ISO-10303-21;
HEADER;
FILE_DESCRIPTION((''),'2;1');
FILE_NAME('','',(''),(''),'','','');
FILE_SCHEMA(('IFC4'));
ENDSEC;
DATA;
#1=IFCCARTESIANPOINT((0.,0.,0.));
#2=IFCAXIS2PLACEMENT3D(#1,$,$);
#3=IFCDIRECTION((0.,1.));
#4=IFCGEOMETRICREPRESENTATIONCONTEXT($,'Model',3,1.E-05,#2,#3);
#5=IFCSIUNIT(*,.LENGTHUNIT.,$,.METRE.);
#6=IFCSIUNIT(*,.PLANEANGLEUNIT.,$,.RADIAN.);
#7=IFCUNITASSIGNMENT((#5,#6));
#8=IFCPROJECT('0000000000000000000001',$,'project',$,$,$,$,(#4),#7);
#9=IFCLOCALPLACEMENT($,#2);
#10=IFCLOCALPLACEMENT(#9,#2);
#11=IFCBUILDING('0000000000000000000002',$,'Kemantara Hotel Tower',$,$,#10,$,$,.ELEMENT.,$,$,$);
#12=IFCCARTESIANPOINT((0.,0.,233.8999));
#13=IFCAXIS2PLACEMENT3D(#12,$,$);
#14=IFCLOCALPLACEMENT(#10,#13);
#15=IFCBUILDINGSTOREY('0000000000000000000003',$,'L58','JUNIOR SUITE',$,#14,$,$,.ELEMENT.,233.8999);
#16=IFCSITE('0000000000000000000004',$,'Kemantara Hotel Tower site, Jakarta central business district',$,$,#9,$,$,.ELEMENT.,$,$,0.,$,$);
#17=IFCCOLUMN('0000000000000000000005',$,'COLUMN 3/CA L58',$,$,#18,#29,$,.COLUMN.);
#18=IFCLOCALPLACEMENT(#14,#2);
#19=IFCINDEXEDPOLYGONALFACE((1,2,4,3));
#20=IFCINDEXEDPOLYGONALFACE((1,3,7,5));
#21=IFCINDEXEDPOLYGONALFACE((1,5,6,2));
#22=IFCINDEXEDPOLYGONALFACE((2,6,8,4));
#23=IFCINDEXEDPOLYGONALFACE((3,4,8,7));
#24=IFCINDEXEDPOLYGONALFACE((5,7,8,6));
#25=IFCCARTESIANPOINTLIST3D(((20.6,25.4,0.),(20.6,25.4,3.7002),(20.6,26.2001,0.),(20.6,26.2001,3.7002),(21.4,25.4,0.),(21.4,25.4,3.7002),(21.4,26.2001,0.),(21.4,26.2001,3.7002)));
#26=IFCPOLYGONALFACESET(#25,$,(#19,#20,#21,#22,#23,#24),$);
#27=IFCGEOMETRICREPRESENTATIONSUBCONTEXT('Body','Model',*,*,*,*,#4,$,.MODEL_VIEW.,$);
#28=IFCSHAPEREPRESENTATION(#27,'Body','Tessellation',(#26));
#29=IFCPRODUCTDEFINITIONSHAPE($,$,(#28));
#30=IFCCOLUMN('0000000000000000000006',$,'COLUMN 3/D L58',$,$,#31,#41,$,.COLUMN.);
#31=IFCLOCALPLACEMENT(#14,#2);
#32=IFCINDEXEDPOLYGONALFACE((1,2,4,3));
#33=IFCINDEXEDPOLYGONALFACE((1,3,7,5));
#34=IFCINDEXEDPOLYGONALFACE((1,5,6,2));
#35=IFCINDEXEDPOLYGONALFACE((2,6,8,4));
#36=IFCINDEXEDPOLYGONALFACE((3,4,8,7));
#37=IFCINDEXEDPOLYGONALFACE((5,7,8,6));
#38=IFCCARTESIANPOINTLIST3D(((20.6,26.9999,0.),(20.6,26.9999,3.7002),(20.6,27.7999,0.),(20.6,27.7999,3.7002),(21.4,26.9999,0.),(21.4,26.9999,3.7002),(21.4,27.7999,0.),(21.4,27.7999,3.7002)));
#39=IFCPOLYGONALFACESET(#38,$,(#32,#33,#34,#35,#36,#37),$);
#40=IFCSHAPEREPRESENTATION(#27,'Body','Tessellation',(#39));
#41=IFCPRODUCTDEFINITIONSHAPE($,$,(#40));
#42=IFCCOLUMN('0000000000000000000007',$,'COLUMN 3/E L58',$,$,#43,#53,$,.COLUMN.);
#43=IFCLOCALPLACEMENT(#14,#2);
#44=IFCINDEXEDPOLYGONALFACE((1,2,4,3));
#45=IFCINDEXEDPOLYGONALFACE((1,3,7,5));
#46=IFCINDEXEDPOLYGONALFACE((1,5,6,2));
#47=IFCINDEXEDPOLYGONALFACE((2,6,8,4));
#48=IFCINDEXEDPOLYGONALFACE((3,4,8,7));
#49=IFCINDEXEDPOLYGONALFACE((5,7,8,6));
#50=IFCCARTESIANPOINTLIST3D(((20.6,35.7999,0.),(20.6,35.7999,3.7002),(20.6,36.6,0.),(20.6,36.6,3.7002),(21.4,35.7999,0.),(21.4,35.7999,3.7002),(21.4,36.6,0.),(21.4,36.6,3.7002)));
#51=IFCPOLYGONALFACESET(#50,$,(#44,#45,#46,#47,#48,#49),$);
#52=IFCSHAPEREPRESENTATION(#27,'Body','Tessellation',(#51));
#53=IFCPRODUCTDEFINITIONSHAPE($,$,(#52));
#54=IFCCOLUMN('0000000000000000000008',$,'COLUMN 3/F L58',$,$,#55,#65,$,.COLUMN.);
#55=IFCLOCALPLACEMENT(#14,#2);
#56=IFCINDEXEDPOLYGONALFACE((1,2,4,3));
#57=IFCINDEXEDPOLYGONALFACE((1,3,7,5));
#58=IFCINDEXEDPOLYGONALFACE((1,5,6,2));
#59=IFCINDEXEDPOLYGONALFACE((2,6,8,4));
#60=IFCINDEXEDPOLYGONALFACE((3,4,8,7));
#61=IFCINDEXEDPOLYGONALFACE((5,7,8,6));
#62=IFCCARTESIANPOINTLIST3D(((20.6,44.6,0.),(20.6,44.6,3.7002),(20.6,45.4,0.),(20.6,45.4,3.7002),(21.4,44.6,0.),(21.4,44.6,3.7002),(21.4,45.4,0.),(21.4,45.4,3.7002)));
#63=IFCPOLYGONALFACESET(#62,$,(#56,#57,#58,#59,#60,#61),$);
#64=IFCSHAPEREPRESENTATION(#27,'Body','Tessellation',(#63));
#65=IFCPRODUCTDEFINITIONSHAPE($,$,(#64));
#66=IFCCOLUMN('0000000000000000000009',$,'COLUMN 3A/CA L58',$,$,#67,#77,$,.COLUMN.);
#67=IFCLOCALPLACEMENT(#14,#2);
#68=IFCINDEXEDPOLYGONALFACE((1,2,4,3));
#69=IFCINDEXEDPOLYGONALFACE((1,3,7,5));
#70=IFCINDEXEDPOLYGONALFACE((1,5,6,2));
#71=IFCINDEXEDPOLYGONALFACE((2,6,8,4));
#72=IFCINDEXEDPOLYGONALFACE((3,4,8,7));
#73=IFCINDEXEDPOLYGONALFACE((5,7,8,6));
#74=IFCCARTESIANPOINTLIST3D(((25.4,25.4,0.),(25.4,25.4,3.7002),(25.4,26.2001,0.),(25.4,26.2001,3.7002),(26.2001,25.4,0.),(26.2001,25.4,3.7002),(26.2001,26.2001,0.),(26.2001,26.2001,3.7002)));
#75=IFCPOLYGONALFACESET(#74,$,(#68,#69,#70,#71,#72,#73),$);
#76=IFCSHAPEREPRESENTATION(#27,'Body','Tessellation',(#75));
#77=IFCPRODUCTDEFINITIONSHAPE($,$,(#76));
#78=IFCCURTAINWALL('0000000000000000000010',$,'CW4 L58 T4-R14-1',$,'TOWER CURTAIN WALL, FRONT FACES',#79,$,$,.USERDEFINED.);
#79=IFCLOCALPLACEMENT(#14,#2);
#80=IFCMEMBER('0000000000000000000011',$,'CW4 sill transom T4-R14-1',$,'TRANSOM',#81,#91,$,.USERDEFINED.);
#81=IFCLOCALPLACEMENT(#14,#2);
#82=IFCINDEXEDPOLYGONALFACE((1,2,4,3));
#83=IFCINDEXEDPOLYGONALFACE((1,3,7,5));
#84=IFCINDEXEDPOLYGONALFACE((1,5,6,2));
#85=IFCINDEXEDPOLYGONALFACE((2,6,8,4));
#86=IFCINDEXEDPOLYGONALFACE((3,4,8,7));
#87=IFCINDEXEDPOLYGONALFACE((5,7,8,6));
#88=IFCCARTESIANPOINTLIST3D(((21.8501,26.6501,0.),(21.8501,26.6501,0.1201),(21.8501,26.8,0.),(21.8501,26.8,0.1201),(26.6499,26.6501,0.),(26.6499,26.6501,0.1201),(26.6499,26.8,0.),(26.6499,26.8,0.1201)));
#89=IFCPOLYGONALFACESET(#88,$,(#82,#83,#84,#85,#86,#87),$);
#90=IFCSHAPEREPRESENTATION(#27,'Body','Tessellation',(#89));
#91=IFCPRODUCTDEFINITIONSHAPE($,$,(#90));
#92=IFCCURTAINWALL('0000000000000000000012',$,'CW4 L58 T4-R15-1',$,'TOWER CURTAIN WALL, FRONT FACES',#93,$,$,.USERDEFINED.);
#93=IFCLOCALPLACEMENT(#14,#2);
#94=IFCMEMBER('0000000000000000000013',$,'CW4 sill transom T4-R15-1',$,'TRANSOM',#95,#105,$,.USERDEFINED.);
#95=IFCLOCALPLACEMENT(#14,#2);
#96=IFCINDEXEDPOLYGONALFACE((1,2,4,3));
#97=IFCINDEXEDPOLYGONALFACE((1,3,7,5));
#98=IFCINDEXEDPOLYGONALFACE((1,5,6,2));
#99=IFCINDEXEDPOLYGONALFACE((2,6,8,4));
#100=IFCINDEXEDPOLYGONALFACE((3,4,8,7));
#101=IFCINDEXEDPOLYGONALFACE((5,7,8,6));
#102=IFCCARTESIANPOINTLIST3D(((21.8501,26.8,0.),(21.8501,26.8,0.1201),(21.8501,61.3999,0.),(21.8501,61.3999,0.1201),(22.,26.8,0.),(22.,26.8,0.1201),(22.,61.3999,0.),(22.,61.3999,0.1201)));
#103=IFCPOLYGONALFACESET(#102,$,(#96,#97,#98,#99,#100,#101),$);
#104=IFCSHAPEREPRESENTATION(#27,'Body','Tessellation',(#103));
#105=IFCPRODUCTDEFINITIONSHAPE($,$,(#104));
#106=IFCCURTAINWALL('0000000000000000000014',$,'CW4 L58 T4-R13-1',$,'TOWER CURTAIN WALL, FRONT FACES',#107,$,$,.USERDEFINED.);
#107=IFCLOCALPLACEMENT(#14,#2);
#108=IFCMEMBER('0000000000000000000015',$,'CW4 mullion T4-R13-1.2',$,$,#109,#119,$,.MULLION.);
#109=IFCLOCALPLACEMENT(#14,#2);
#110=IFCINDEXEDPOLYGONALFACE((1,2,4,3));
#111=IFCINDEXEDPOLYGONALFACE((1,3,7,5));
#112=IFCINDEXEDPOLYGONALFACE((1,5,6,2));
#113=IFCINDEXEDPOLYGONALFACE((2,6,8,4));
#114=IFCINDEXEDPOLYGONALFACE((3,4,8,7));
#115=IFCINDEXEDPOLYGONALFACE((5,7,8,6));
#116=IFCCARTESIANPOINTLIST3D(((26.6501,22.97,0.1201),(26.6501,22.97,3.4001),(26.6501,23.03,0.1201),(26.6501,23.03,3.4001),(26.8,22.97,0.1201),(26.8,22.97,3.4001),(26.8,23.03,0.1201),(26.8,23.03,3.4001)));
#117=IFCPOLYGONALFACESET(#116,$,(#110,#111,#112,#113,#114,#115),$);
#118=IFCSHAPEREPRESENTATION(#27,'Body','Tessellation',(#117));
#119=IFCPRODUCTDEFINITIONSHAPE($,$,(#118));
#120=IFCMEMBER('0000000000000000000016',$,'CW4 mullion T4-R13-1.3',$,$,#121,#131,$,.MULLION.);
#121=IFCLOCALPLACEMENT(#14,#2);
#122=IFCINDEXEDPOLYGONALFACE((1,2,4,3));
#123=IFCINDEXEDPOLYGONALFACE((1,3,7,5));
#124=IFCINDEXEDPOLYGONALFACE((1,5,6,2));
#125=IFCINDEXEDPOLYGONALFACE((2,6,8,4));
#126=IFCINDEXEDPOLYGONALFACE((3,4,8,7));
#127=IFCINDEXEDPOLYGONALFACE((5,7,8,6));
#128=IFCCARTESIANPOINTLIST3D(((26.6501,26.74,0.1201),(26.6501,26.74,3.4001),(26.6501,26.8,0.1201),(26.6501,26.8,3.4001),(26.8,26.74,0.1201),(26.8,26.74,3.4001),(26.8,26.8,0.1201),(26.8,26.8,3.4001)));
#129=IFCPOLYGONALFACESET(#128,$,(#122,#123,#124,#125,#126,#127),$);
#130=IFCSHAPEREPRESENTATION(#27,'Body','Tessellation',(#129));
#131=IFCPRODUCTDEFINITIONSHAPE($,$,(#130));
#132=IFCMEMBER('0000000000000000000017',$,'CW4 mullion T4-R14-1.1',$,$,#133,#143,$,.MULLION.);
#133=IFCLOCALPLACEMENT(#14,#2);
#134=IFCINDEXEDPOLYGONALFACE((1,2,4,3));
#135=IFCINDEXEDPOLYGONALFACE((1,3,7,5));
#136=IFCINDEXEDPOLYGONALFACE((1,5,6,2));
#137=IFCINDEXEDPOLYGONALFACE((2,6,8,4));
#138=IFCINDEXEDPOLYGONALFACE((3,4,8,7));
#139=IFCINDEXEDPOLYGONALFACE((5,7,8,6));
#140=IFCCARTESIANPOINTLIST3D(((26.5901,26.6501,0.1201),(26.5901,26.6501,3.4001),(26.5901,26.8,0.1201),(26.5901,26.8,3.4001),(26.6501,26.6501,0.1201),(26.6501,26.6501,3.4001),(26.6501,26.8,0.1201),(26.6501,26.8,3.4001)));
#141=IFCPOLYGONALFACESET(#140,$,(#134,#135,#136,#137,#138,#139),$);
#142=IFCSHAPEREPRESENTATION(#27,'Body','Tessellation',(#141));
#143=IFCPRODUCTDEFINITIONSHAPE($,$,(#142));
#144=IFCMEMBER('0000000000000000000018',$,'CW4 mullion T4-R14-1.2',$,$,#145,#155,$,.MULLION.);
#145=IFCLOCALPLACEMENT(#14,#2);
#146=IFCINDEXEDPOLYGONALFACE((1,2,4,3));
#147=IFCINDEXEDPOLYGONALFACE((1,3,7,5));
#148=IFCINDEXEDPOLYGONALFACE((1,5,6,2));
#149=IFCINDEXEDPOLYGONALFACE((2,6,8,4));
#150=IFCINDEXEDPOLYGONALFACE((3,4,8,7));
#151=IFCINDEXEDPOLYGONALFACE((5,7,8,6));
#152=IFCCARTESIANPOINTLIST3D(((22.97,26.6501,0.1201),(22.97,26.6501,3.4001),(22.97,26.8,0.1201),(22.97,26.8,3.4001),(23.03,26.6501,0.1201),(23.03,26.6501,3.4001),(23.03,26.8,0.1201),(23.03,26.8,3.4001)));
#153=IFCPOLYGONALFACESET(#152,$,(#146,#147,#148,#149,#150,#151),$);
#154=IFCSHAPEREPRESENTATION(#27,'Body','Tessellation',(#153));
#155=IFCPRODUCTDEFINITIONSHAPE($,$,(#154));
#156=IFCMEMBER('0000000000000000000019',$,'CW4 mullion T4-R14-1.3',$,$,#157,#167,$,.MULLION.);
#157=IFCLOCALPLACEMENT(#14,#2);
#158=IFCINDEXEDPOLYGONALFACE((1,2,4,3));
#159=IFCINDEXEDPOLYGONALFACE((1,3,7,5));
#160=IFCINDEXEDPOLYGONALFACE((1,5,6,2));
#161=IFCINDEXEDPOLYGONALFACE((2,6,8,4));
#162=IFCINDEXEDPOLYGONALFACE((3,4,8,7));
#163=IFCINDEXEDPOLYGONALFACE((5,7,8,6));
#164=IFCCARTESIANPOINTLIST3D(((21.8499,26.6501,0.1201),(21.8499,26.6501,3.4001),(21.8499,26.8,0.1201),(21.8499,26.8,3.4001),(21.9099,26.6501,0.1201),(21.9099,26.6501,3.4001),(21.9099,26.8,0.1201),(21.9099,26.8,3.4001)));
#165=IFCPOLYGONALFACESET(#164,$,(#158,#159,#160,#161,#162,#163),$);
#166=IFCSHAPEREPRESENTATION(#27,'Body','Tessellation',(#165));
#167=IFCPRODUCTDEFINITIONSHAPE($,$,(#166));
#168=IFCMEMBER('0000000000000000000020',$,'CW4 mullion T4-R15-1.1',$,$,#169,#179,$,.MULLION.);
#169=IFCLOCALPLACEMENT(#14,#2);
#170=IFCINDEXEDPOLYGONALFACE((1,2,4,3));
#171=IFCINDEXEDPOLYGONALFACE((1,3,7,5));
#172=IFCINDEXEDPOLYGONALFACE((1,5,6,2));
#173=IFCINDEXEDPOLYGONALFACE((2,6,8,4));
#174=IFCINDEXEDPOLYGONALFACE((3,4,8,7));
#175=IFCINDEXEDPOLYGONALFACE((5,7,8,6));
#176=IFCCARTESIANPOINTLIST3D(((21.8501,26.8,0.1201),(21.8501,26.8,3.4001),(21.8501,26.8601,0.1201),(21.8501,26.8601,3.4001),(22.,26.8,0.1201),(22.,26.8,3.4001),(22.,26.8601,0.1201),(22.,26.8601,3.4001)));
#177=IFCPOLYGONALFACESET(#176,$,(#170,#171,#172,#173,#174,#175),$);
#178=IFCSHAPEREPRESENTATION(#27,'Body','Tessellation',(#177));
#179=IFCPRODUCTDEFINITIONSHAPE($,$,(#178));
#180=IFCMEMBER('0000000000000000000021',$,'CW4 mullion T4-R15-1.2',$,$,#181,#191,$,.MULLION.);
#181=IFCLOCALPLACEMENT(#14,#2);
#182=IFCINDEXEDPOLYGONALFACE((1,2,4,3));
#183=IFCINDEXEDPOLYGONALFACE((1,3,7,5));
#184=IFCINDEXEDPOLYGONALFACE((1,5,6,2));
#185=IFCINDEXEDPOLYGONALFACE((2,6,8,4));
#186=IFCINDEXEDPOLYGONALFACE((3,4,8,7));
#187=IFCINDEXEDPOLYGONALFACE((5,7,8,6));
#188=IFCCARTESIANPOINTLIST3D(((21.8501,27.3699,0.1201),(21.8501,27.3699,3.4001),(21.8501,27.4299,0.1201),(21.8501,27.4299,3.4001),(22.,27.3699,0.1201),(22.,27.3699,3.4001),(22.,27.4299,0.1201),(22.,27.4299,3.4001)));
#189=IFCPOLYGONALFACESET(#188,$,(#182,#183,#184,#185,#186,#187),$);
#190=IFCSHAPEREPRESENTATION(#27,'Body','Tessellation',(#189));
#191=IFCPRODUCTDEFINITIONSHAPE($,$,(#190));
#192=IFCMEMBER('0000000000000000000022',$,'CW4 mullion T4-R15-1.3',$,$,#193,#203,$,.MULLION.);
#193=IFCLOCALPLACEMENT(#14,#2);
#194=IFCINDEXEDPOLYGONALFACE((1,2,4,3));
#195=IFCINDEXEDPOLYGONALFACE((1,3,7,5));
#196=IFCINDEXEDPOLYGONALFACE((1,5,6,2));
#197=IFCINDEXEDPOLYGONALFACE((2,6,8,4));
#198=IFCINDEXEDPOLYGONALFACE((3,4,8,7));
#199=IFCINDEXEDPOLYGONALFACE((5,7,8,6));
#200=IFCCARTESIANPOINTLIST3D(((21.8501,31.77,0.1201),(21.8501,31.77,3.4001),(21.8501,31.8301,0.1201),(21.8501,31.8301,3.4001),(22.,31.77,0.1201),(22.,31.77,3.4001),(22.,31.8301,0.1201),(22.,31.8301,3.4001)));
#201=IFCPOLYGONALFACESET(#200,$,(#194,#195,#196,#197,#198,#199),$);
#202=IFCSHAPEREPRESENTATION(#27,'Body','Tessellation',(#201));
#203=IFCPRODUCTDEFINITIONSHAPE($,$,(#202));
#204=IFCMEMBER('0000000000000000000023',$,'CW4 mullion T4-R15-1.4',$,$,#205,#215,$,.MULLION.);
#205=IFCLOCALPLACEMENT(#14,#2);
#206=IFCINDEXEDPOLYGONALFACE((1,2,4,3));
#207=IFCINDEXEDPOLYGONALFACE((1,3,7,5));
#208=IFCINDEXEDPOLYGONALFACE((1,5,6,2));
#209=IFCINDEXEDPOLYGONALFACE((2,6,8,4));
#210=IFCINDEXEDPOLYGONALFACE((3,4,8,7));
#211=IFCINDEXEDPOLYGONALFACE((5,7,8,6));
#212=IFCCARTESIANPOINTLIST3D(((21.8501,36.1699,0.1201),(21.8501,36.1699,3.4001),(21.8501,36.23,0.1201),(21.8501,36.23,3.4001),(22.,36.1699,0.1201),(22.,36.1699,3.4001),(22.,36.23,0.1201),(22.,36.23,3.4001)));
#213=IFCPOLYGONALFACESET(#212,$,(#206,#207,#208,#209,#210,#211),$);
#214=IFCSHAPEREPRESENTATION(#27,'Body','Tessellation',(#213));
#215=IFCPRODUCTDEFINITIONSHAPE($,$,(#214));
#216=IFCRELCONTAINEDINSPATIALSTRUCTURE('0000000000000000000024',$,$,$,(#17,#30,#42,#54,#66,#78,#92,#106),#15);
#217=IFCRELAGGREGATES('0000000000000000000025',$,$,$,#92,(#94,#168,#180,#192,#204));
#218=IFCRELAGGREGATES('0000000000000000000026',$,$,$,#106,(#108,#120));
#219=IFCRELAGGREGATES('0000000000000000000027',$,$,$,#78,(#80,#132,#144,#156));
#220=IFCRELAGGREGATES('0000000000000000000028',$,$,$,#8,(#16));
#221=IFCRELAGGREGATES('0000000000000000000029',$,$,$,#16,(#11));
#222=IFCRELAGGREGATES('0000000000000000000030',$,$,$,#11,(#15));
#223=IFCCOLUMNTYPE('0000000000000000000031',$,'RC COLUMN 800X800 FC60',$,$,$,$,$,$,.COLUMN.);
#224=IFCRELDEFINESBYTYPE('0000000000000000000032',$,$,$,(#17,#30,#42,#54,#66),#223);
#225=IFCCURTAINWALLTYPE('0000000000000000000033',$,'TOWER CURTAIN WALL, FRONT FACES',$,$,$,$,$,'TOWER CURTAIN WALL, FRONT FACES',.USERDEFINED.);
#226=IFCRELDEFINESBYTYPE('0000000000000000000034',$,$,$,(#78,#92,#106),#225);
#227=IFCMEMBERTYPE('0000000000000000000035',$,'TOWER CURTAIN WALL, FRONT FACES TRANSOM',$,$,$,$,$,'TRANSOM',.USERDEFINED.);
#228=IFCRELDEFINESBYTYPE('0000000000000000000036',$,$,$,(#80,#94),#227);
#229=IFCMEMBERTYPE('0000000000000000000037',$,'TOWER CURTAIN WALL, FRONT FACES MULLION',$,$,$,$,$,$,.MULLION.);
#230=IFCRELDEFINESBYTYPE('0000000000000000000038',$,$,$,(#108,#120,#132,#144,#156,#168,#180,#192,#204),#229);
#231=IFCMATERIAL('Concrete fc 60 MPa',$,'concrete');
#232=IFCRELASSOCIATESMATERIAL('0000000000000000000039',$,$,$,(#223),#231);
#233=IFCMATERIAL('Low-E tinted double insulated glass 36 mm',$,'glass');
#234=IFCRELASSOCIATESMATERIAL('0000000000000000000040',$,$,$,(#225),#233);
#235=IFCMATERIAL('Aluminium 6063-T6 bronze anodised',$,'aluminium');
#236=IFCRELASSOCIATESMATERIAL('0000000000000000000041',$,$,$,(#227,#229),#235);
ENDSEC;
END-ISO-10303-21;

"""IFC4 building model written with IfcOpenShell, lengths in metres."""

from ifc_helpers import new_model, si_unit, direction, frame, origin, origin_2d, place, context, subcontext, project, spatial, rectangle, extrude, source, transform, mapped, material, material_profile, profile_set, type_object, element, aggregate, save


model = new_model("IFC4")

# Units and contexts
model_context = context("Model", 3, precision=1e-05, world=origin(), true_north=direction((0.0, 1.0)))
body_context = subcontext(model_context, "Body", "Model", "MODEL_VIEW")
ifc_project = project(units=[si_unit("LENGTHUNIT", "METRE"), si_unit("PLANEANGLEUNIT", "RADIAN")], contexts=[model_context])

# Site, building, storey
site_placement = place(None, origin())
site = spatial("IfcSite", under=ifc_project, at=site_placement, Name="Kemantara Hotel Tower site, Jakarta central business district", CompositionType="ELEMENT", RefElevation=0.0)
building_placement = place(site_placement, origin())
building = spatial("IfcBuilding", under=site, at=building_placement, Name="Kemantara Hotel Tower", CompositionType="ELEMENT")
storey_placement = place(building_placement, frame((0.0, 0.0, 233.8999)))
storey = spatial("IfcBuildingStorey", under=building, at=storey_placement, Name="L58", Description="JUNIOR SUITE", CompositionType="ELEMENT", Elevation=233.8999)

# Columns
ifc_material_1 = material(Name="Concrete fc 60 MPa", Category="concrete")
ifc_material_profile_1 = material_profile(ifc_material_1, rectangle(XDim=0.8, YDim=0.8, at=origin_2d()), Name="RC 800X800")
ifc_profile_set_1 = profile_set([ifc_material_profile_1], Name="Concrete fc 60 MPa")
column_type = type_object("IfcColumnType", Name="RC COLUMN 800X800 FC60", PredefinedType="COLUMN", material=ifc_profile_set_1)
for number, where, z_axis, x_axis, name in (
    (1, (21.0, 25.8, 0.0), (0.0, 0.0, 1.0), (1.0, 0.0, 0.0), "COLUMN 3/CA L58"),
    (2, (21.0, 27.3999, 0.0), (0.0, 0.0, 1.0), (1.0, 0.0, 0.0), "COLUMN 3/D L58"),
    (3, (21.0, 36.2, 0.0), (0.0, 0.0, 1.0), (1.0, 0.0, 0.0), "COLUMN 3/E L58"),
    (4, (21.0, 45.0, 0.0), (0.0, 0.0, 1.0), (1.0, 0.0, 0.0), "COLUMN 3/F L58"),
    (5, (25.8, 25.8, 0.0), (0.0, 0.0, 1.0), (1.0, 0.0, 0.0), "COLUMN 3A/CA L58"),
):
    element("IfcColumn", number, at=place(storey_placement, frame(where, z_axis=z_axis, x_axis=x_axis)), inside=storey, type_object=column_type, Name=name, PredefinedType="COLUMN", context=body_context, shape_type="SweptSolid", body=[
        extrude(rectangle(XDim=0.8, YDim=0.8, at=origin_2d()), origin(), (0.0, 0.0, 1.0), 3.7002),
    ])

# Curtain walls, members
ifc_material_2 = material(Name="Low-E tinted double insulated glass 36 mm", Category="glass")
curtain_wall_type = type_object("IfcCurtainWallType", Name="TOWER CURTAIN WALL, FRONT FACES", ElementType="TOWER CURTAIN WALL, FRONT FACES", PredefinedType="USERDEFINED", material=ifc_material_2)
curtain_wall_1_placement = place(storey_placement, origin())
curtain_wall_1 = element("IfcCurtainWall", 6, at=curtain_wall_1_placement, inside=storey, type_object=curtain_wall_type, Name="CW4 L58 T4-R14-1", ObjectType="TOWER CURTAIN WALL, FRONT FACES", PredefinedType="USERDEFINED")
ifc_material_3 = material(Name="Aluminium 6063-T6 bronze anodised", Category="aluminium")
ifc_material_profile_2 = material_profile(ifc_material_3, rectangle(XDim=0.1499, YDim=0.1201, at=origin_2d()), Name="TOWER CURTAIN WALL, FRONT FACES TRANSOM")
ifc_profile_set_2 = profile_set([ifc_material_profile_2], Name="Aluminium 6063-T6 bronze anodised")
member_type_1 = type_object("IfcMemberType", Name="TOWER CURTAIN WALL, FRONT FACES TRANSOM", ElementType="TRANSOM", PredefinedType="USERDEFINED", material=ifc_profile_set_2)
member_1_placement = place(storey_placement, frame((26.6499, 26.7251, 0.0601), z_axis=(-1.0, 0.0, 0.0), x_axis=(0.0, -1.0, 0.0)))
member_1 = element("IfcMember", 7, at=member_1_placement, type_object=member_type_1, Name="CW4 sill transom T4-R14-1", ObjectType="TRANSOM", PredefinedType="USERDEFINED", context=body_context, shape_type="SweptSolid", body=[
    extrude(rectangle(XDim=0.1499, YDim=0.1201, at=origin_2d()), origin(), (0.0, 0.0, 1.0), 4.7998),
])
curtain_wall_2_placement = place(storey_placement, origin())
curtain_wall_2 = element("IfcCurtainWall", 8, at=curtain_wall_2_placement, inside=storey, type_object=curtain_wall_type, Name="CW4 L58 T4-R15-1", ObjectType="TOWER CURTAIN WALL, FRONT FACES", PredefinedType="USERDEFINED")
member_2_placement = place(storey_placement, frame((21.925, 26.8, 0.0601), z_axis=(0.0, 1.0, 0.0), x_axis=(-1.0, 0.0, 0.0)))
member_2 = element("IfcMember", 9, at=member_2_placement, type_object=member_type_1, Name="CW4 sill transom T4-R15-1", ObjectType="TRANSOM", PredefinedType="USERDEFINED", context=body_context, shape_type="SweptSolid", body=[
    extrude(rectangle(XDim=0.1499, YDim=0.1201, at=origin_2d()), origin(), (0.0, 0.0, 1.0), 34.5999),
])

# Curtain wall, members
curtain_wall_3_placement = place(storey_placement, origin())
curtain_wall_3 = element("IfcCurtainWall", 10, at=curtain_wall_3_placement, inside=storey, type_object=curtain_wall_type, Name="CW4 L58 T4-R13-1", ObjectType="TOWER CURTAIN WALL, FRONT FACES", PredefinedType="USERDEFINED")
ifc_material_profile_3 = material_profile(ifc_material_3, rectangle(XDim=0.1499, YDim=0.0601, at=origin_2d()), Name="TOWER CURTAIN WALL, FRONT FACES MULLION")
ifc_profile_set_3 = profile_set([ifc_material_profile_3], Name="Aluminium 6063-T6 bronze anodised")
member_type_2 = type_object("IfcMemberType", Name="TOWER CURTAIN WALL, FRONT FACES MULLION", PredefinedType="MULLION", material=ifc_profile_set_3)
shared_shape_1 = source(origin(), body_context, "Body", "SweptSolid", [
    extrude(rectangle(XDim=0.1499, YDim=0.0601, at=origin_2d()), origin(), (0.0, 0.0, 1.0), 3.28),
])
member_3_placement = place(storey_placement, frame((26.7251, 23.0, 0.1201), z_axis=(0.0, 0.0, 1.0), x_axis=(-1.0, 0.0, 0.0)))
member_3 = element("IfcMember", 11, at=member_3_placement, type_object=member_type_2, Name="CW4 mullion T4-R13-1.2", PredefinedType="MULLION", context=body_context, shape_type="MappedRepresentation", body=[
    mapped(shared_shape_1, transform((0.0, 0.0, 0.0))),
])
member_4_placement = place(storey_placement, frame((26.7251, 26.77, 0.1201), z_axis=(0.0, 0.0, 1.0), x_axis=(-1.0, 0.0, 0.0)))
member_4 = element("IfcMember", 12, at=member_4_placement, type_object=member_type_2, Name="CW4 mullion T4-R13-1.3", PredefinedType="MULLION", context=body_context, shape_type="MappedRepresentation", body=[
    mapped(shared_shape_1, transform((0.0, 0.0, 0.0))),
])

# Members
member_5_placement = place(storey_placement, frame((26.6201, 26.7251, 0.1201), z_axis=(0.0, 0.0, 1.0), x_axis=(0.0, -1.0, 0.0)))
member_5 = element("IfcMember", 13, at=member_5_placement, type_object=member_type_2, Name="CW4 mullion T4-R14-1.1", PredefinedType="MULLION", context=body_context, shape_type="MappedRepresentation", body=[
    mapped(shared_shape_1, transform((0.0, 0.0, 0.0))),
])
member_6_placement = place(storey_placement, frame((23.0, 26.7251, 0.1201), z_axis=(0.0, 0.0, 1.0), x_axis=(0.0, -1.0, 0.0)))
member_6 = element("IfcMember", 14, at=member_6_placement, type_object=member_type_2, Name="CW4 mullion T4-R14-1.2", PredefinedType="MULLION", context=body_context, shape_type="MappedRepresentation", body=[
    mapped(shared_shape_1, transform((0.0, 0.0, 0.0))),
])
member_7_placement = place(storey_placement, frame((21.8799, 26.7251, 0.1201), z_axis=(0.0, 0.0, 1.0), x_axis=(0.0, -1.0, 0.0)))
member_7 = element("IfcMember", 15, at=member_7_placement, type_object=member_type_2, Name="CW4 mullion T4-R14-1.3", PredefinedType="MULLION", context=body_context, shape_type="MappedRepresentation", body=[
    mapped(shared_shape_1, transform((0.0, 0.0, 0.0))),
])
member_8_placement = place(storey_placement, frame((21.925, 26.8301, 0.1201), z_axis=(0.0, 0.0, 1.0), x_axis=(-1.0, 0.0, 0.0)))
member_8 = element("IfcMember", 16, at=member_8_placement, type_object=member_type_2, Name="CW4 mullion T4-R15-1.1", PredefinedType="MULLION", context=body_context, shape_type="MappedRepresentation", body=[
    mapped(shared_shape_1, transform((0.0, 0.0, 0.0))),
])
member_9_placement = place(storey_placement, frame((21.925, 27.3999, 0.1201), z_axis=(0.0, 0.0, 1.0), x_axis=(-1.0, 0.0, 0.0)))
member_9 = element("IfcMember", 17, at=member_9_placement, type_object=member_type_2, Name="CW4 mullion T4-R15-1.2", PredefinedType="MULLION", context=body_context, shape_type="MappedRepresentation", body=[
    mapped(shared_shape_1, transform((0.0, 0.0, 0.0))),
])
member_10_placement = place(storey_placement, frame((21.925, 31.8, 0.1201), z_axis=(0.0, 0.0, 1.0), x_axis=(-1.0, 0.0, 0.0)))
member_10 = element("IfcMember", 18, at=member_10_placement, type_object=member_type_2, Name="CW4 mullion T4-R15-1.3", PredefinedType="MULLION", context=body_context, shape_type="MappedRepresentation", body=[
    mapped(shared_shape_1, transform((0.0, 0.0, 0.0))),
])
member_11_placement = place(storey_placement, frame((21.925, 36.2, 0.1201), z_axis=(0.0, 0.0, 1.0), x_axis=(-1.0, 0.0, 0.0)))
member_11 = element("IfcMember", 19, at=member_11_placement, type_object=member_type_2, Name="CW4 mullion T4-R15-1.4", PredefinedType="MULLION", context=body_context, shape_type="MappedRepresentation", body=[
    mapped(shared_shape_1, transform((0.0, 0.0, 0.0))),
])

aggregate(curtain_wall_2, [member_2, member_8, member_9, member_10, member_11])
aggregate(curtain_wall_3, [member_3, member_4])
aggregate(curtain_wall_1, [member_1, member_5, member_6, member_7])

save(model, "model.ifc")
